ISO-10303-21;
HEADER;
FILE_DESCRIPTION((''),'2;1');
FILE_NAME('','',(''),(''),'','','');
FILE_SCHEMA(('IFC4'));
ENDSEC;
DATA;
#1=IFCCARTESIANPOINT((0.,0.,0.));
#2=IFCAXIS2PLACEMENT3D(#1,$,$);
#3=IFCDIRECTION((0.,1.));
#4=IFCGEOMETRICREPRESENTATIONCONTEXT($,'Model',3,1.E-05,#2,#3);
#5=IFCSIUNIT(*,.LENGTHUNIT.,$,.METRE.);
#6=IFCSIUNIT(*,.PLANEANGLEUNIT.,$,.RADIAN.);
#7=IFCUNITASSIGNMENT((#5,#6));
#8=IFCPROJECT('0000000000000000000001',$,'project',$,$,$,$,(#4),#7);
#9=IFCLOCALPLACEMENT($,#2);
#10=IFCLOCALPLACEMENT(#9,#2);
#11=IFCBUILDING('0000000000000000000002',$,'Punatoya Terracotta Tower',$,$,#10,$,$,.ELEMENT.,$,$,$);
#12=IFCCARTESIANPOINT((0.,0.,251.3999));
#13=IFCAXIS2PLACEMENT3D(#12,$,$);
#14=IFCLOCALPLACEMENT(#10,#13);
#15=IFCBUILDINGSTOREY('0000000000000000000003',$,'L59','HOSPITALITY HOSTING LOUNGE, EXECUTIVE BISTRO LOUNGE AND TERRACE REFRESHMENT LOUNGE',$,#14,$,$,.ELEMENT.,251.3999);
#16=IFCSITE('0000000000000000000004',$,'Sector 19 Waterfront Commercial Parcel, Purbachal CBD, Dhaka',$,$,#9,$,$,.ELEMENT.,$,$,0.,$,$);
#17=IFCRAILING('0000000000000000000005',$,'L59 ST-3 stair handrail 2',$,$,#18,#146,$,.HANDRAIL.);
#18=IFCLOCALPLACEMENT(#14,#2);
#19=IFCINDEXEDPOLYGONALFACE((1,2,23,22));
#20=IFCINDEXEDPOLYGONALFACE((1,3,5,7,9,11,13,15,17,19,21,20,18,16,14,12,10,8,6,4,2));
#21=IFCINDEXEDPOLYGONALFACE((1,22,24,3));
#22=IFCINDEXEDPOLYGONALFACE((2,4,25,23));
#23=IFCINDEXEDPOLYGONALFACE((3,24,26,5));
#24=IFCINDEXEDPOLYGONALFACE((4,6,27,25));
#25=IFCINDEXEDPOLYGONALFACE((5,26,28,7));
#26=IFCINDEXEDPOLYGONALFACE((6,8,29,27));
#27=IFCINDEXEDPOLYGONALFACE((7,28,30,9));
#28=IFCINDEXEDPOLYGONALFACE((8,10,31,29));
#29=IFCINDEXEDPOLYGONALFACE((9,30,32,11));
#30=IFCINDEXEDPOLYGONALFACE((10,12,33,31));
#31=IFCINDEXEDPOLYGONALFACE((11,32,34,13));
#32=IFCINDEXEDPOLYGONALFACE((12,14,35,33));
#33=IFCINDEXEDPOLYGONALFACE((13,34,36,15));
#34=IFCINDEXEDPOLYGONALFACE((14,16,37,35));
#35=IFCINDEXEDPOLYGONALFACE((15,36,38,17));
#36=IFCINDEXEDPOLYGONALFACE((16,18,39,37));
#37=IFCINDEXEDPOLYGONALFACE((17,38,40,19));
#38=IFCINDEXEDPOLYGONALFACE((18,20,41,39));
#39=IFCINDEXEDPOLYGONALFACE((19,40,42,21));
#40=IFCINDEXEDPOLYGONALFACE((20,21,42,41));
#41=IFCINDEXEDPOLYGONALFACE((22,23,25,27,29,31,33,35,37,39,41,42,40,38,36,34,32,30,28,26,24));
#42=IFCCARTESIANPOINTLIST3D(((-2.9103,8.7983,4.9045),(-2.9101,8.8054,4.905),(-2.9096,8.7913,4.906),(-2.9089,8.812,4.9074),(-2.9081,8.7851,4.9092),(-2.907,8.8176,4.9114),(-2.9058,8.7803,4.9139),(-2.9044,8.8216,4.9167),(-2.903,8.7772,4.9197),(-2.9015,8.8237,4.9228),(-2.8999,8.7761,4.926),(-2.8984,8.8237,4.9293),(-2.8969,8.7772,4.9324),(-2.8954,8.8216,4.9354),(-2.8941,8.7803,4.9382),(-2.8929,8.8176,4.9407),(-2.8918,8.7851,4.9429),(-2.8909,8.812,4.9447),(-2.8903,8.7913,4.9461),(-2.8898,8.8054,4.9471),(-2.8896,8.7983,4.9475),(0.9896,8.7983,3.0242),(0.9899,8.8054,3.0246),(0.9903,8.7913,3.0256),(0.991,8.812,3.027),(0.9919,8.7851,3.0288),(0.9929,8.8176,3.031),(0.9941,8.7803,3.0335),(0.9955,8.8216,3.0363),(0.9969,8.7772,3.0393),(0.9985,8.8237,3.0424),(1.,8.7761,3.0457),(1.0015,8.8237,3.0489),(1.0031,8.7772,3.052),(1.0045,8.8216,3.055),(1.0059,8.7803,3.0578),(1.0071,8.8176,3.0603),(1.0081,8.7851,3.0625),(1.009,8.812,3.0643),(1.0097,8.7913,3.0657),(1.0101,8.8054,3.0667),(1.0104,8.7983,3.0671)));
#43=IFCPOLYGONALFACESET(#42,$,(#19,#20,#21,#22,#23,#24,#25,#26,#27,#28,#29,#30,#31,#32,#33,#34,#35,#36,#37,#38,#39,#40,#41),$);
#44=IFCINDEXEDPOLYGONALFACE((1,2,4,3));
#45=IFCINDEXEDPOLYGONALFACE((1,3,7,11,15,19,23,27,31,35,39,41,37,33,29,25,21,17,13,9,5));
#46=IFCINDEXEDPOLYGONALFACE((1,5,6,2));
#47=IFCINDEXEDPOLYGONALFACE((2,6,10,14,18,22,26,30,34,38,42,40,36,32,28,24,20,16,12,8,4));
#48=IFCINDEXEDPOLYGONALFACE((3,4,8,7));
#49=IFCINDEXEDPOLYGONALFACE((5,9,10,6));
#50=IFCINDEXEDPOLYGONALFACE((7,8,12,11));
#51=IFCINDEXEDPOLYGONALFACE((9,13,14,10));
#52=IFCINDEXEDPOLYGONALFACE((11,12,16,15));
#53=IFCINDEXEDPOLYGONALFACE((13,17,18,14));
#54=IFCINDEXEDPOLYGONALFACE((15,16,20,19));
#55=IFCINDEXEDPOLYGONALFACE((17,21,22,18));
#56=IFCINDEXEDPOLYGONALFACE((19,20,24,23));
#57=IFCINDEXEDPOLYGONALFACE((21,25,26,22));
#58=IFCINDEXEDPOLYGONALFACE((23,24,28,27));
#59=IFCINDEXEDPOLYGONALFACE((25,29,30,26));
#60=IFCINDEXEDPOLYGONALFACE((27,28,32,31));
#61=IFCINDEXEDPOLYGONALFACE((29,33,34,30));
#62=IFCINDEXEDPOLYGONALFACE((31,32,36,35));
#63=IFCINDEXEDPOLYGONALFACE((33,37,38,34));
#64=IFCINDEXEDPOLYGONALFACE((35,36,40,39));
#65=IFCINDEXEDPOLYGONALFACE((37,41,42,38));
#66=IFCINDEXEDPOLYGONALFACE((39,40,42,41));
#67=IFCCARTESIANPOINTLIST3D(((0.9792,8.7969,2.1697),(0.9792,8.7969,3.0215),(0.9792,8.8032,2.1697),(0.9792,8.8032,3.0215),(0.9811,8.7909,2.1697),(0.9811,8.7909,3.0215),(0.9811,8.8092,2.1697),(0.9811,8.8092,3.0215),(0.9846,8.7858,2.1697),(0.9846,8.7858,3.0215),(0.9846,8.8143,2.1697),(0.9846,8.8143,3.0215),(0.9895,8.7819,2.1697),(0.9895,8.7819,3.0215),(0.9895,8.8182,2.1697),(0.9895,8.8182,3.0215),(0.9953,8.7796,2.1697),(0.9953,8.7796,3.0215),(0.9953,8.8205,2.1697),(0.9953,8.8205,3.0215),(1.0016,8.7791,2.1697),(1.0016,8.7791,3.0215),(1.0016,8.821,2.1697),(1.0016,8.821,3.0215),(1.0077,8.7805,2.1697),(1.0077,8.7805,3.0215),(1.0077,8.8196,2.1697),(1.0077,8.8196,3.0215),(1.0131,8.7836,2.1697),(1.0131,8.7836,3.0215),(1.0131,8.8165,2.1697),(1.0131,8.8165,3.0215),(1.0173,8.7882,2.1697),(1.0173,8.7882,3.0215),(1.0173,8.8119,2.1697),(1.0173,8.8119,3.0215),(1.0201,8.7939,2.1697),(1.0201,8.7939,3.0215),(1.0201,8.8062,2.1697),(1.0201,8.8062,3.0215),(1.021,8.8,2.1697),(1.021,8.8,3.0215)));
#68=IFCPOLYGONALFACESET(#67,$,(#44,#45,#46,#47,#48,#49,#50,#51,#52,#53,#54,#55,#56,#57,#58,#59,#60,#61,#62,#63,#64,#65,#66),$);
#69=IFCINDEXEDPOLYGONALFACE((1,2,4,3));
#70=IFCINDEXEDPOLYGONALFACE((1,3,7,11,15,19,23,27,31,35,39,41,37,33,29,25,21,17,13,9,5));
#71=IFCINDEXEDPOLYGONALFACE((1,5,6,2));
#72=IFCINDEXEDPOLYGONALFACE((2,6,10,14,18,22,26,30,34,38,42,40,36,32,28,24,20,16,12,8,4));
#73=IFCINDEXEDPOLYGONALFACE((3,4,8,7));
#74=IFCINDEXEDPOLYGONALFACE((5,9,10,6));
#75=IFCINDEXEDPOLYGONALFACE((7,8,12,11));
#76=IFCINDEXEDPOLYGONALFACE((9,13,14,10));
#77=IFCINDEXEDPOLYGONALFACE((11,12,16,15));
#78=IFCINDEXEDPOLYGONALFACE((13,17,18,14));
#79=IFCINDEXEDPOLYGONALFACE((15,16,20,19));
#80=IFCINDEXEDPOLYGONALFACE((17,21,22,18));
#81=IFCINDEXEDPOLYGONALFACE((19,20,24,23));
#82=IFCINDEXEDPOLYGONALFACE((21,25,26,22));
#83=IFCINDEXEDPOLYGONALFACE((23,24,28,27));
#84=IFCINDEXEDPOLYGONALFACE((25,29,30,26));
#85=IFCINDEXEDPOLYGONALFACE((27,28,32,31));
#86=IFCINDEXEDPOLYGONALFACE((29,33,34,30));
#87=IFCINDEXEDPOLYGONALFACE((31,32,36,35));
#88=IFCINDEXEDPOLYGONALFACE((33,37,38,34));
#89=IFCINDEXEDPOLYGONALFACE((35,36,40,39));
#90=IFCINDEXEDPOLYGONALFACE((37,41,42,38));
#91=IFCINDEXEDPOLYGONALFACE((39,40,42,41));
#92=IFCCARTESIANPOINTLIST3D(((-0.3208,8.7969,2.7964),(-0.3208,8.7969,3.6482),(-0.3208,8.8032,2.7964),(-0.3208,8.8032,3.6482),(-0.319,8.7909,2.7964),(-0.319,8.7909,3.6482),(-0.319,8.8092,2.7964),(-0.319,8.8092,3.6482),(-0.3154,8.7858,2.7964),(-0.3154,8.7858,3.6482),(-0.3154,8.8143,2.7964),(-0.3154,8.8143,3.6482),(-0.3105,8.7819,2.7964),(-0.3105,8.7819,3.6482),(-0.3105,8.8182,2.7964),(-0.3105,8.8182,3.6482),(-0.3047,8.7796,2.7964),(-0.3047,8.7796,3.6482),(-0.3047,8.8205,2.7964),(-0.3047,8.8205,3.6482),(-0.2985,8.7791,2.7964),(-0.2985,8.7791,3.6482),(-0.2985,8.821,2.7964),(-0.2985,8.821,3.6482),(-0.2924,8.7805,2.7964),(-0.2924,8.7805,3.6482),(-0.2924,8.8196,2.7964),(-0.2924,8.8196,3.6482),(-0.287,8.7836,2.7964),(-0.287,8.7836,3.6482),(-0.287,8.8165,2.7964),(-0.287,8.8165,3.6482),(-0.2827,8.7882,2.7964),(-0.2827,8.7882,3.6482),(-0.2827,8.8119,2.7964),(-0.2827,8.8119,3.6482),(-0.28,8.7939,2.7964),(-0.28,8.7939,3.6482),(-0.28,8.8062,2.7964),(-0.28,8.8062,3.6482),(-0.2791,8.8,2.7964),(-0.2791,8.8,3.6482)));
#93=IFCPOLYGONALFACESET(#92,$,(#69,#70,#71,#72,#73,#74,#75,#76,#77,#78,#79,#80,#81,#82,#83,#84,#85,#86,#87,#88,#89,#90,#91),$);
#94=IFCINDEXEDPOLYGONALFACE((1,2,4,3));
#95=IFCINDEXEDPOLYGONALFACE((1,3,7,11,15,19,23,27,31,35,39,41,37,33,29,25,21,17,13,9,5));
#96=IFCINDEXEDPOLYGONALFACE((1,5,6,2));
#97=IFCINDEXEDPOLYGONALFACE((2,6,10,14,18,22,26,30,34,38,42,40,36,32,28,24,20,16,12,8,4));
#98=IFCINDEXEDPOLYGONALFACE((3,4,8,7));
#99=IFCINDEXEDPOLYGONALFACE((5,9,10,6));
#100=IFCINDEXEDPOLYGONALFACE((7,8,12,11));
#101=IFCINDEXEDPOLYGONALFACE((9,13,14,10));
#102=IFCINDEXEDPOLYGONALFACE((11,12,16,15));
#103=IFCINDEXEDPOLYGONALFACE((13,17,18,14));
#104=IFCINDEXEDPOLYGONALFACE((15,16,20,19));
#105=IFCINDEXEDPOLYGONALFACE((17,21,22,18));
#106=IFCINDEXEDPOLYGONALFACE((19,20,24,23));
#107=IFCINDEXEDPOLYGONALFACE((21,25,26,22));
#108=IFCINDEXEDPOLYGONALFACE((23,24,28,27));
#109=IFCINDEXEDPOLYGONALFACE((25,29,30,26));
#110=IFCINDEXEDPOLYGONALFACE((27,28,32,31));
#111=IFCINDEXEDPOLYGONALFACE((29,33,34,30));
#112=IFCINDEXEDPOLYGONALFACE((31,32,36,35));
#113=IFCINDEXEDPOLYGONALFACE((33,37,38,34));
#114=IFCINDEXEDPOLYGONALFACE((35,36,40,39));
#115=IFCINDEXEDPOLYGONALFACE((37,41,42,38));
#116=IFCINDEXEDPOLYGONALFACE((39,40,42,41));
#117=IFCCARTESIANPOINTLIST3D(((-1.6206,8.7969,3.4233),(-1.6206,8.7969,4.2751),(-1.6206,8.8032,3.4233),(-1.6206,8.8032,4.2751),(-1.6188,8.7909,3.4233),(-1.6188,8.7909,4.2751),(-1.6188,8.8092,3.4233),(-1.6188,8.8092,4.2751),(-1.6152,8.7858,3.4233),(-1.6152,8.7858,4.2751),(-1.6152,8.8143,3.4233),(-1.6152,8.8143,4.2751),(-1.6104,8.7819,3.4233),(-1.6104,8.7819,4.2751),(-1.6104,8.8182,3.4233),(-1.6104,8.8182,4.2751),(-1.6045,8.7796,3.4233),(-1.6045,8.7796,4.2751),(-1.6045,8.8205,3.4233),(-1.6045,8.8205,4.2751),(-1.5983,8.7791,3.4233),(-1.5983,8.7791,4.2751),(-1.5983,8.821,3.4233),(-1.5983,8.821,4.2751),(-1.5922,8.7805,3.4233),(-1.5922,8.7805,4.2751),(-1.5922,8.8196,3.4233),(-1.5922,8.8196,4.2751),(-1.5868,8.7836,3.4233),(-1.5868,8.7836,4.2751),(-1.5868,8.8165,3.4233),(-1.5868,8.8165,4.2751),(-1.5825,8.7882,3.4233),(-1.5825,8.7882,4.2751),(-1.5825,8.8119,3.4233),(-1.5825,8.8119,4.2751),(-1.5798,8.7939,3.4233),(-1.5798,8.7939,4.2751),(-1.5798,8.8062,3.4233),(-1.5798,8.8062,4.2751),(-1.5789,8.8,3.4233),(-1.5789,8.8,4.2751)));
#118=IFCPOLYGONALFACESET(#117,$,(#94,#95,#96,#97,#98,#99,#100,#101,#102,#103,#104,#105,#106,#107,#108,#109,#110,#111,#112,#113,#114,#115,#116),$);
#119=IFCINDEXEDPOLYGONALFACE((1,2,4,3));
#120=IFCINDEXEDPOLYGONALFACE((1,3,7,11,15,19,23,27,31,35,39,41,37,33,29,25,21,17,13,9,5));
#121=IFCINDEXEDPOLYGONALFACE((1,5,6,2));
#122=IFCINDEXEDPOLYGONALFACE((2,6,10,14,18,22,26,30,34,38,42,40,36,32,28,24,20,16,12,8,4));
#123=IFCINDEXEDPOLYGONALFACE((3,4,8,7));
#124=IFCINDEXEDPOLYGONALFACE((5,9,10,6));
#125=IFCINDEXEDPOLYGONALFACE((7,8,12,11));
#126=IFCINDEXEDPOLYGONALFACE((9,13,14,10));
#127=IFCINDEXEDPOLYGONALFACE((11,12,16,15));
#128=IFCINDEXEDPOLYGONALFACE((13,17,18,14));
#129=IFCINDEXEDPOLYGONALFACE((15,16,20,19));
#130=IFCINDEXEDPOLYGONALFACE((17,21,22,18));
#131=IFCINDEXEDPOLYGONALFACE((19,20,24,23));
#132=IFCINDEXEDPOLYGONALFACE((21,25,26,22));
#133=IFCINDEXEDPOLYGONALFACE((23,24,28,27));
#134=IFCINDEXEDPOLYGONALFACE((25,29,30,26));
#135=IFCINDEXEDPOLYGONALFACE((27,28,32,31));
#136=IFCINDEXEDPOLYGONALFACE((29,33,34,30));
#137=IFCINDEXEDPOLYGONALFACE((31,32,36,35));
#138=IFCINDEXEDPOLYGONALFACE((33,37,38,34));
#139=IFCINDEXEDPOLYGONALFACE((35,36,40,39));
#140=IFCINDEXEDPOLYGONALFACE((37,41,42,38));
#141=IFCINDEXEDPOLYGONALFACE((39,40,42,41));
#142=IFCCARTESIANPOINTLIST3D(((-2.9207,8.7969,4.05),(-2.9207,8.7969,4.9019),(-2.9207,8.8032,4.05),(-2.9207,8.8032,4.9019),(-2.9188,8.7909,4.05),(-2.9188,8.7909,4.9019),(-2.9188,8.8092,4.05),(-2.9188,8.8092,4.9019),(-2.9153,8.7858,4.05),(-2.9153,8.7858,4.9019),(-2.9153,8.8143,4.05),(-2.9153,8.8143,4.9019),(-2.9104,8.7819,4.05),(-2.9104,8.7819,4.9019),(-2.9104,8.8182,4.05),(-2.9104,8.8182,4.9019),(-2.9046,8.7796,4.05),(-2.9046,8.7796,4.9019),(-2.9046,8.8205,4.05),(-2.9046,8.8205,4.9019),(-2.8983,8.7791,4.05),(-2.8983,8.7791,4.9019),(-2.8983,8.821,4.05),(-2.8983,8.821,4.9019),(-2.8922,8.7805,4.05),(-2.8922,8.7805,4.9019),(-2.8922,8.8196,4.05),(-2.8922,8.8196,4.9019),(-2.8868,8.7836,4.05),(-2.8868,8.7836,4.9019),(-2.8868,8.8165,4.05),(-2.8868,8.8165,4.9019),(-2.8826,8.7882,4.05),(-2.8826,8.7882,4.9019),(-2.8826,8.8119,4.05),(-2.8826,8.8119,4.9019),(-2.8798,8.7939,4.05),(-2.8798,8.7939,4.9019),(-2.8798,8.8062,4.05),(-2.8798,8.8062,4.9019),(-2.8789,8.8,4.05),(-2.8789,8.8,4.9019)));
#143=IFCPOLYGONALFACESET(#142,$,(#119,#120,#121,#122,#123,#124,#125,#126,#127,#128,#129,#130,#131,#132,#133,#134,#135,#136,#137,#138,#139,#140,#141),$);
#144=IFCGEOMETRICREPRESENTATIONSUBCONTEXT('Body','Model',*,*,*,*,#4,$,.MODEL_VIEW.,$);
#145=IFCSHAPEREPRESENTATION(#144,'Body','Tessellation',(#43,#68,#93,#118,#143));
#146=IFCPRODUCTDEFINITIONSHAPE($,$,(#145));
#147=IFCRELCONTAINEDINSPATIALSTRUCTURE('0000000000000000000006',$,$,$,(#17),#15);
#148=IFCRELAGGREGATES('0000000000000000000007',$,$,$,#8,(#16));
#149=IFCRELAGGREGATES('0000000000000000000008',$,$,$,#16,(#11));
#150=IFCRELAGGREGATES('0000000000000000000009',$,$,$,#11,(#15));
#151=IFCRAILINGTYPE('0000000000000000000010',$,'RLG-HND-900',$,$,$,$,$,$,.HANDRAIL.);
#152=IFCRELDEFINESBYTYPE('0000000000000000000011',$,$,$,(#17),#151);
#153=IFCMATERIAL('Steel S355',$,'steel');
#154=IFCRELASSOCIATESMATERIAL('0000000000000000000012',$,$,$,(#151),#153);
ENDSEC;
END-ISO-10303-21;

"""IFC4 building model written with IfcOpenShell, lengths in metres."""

from ifc_helpers import new_model, si_unit, direction, frame, origin, origin_2d, place, context, subcontext, project, spatial, circle, extrude, material, type_object, element, save


model = new_model("IFC4")

# Units and contexts
model_context = context("Model", 3, precision=1e-05, world=origin(), true_north=direction((0.0, 1.0)))
body_context = subcontext(model_context, "Body", "Model", "MODEL_VIEW")
ifc_project = project(units=[si_unit("LENGTHUNIT", "METRE"), si_unit("PLANEANGLEUNIT", "RADIAN")], contexts=[model_context])

# Site, building, storey
site_placement = place(None, origin())
site = spatial("IfcSite", under=ifc_project, at=site_placement, Name="Sector 19 Waterfront Commercial Parcel, Purbachal CBD, Dhaka", CompositionType="ELEMENT", RefElevation=0.0)
building_placement = place(site_placement, origin())
building = spatial("IfcBuilding", under=site, at=building_placement, Name="Punatoya Terracotta Tower", CompositionType="ELEMENT")
storey_placement = place(building_placement, frame((0.0, 0.0, 251.3999)))
storey = spatial("IfcBuildingStorey", under=building, at=storey_placement, Name="L59", Description="HOSPITALITY HOSTING LOUNGE, EXECUTIVE BISTRO LOUNGE AND TERRACE REFRESHMENT LOUNGE", CompositionType="ELEMENT", Elevation=251.3999)

# Railing
ifc_material_1 = material(Name="Steel S355", Category="steel")
railing_type = type_object("IfcRailingType", Name="RLG-HND-900", PredefinedType="HANDRAIL", material=ifc_material_1)
railing_placement = place(storey_placement, frame((1.0, 8.8, 2.1697)))
element("IfcRailing", 1, at=railing_placement, inside=storey, type_object=railing_type, Name="L59 ST-3 stair handrail 2", PredefinedType="HANDRAIL", context=body_context, shape_type="SweptSolid", body=[
    extrude(circle(Radius=0.0239, at=origin_2d()), frame((0.0, 0.0, 0.876), z_axis=(-0.900763, 0.0, 0.434311), x_axis=(0.0, -1.0, 0.0)), (0.0, 0.0, 1.0), 4.3296),
    extrude(circle(Radius=0.021, at=origin_2d()), origin(), (0.0, 0.0, 1.0), 0.8518),
    extrude(circle(Radius=0.021, at=origin_2d()), frame((-1.3, 0.0, 0.6267)), (0.0, 0.0, 1.0), 0.8518),
    extrude(circle(Radius=0.021, at=origin_2d()), frame((-2.5999, 0.0, 1.2537)), (0.0, 0.0, 1.0), 0.8518),
    extrude(circle(Radius=0.021, at=origin_2d()), frame((-3.8999, 0.0, 1.8804)), (0.0, 0.0, 1.0), 0.8518),
])

save(model, "model.ifc")
